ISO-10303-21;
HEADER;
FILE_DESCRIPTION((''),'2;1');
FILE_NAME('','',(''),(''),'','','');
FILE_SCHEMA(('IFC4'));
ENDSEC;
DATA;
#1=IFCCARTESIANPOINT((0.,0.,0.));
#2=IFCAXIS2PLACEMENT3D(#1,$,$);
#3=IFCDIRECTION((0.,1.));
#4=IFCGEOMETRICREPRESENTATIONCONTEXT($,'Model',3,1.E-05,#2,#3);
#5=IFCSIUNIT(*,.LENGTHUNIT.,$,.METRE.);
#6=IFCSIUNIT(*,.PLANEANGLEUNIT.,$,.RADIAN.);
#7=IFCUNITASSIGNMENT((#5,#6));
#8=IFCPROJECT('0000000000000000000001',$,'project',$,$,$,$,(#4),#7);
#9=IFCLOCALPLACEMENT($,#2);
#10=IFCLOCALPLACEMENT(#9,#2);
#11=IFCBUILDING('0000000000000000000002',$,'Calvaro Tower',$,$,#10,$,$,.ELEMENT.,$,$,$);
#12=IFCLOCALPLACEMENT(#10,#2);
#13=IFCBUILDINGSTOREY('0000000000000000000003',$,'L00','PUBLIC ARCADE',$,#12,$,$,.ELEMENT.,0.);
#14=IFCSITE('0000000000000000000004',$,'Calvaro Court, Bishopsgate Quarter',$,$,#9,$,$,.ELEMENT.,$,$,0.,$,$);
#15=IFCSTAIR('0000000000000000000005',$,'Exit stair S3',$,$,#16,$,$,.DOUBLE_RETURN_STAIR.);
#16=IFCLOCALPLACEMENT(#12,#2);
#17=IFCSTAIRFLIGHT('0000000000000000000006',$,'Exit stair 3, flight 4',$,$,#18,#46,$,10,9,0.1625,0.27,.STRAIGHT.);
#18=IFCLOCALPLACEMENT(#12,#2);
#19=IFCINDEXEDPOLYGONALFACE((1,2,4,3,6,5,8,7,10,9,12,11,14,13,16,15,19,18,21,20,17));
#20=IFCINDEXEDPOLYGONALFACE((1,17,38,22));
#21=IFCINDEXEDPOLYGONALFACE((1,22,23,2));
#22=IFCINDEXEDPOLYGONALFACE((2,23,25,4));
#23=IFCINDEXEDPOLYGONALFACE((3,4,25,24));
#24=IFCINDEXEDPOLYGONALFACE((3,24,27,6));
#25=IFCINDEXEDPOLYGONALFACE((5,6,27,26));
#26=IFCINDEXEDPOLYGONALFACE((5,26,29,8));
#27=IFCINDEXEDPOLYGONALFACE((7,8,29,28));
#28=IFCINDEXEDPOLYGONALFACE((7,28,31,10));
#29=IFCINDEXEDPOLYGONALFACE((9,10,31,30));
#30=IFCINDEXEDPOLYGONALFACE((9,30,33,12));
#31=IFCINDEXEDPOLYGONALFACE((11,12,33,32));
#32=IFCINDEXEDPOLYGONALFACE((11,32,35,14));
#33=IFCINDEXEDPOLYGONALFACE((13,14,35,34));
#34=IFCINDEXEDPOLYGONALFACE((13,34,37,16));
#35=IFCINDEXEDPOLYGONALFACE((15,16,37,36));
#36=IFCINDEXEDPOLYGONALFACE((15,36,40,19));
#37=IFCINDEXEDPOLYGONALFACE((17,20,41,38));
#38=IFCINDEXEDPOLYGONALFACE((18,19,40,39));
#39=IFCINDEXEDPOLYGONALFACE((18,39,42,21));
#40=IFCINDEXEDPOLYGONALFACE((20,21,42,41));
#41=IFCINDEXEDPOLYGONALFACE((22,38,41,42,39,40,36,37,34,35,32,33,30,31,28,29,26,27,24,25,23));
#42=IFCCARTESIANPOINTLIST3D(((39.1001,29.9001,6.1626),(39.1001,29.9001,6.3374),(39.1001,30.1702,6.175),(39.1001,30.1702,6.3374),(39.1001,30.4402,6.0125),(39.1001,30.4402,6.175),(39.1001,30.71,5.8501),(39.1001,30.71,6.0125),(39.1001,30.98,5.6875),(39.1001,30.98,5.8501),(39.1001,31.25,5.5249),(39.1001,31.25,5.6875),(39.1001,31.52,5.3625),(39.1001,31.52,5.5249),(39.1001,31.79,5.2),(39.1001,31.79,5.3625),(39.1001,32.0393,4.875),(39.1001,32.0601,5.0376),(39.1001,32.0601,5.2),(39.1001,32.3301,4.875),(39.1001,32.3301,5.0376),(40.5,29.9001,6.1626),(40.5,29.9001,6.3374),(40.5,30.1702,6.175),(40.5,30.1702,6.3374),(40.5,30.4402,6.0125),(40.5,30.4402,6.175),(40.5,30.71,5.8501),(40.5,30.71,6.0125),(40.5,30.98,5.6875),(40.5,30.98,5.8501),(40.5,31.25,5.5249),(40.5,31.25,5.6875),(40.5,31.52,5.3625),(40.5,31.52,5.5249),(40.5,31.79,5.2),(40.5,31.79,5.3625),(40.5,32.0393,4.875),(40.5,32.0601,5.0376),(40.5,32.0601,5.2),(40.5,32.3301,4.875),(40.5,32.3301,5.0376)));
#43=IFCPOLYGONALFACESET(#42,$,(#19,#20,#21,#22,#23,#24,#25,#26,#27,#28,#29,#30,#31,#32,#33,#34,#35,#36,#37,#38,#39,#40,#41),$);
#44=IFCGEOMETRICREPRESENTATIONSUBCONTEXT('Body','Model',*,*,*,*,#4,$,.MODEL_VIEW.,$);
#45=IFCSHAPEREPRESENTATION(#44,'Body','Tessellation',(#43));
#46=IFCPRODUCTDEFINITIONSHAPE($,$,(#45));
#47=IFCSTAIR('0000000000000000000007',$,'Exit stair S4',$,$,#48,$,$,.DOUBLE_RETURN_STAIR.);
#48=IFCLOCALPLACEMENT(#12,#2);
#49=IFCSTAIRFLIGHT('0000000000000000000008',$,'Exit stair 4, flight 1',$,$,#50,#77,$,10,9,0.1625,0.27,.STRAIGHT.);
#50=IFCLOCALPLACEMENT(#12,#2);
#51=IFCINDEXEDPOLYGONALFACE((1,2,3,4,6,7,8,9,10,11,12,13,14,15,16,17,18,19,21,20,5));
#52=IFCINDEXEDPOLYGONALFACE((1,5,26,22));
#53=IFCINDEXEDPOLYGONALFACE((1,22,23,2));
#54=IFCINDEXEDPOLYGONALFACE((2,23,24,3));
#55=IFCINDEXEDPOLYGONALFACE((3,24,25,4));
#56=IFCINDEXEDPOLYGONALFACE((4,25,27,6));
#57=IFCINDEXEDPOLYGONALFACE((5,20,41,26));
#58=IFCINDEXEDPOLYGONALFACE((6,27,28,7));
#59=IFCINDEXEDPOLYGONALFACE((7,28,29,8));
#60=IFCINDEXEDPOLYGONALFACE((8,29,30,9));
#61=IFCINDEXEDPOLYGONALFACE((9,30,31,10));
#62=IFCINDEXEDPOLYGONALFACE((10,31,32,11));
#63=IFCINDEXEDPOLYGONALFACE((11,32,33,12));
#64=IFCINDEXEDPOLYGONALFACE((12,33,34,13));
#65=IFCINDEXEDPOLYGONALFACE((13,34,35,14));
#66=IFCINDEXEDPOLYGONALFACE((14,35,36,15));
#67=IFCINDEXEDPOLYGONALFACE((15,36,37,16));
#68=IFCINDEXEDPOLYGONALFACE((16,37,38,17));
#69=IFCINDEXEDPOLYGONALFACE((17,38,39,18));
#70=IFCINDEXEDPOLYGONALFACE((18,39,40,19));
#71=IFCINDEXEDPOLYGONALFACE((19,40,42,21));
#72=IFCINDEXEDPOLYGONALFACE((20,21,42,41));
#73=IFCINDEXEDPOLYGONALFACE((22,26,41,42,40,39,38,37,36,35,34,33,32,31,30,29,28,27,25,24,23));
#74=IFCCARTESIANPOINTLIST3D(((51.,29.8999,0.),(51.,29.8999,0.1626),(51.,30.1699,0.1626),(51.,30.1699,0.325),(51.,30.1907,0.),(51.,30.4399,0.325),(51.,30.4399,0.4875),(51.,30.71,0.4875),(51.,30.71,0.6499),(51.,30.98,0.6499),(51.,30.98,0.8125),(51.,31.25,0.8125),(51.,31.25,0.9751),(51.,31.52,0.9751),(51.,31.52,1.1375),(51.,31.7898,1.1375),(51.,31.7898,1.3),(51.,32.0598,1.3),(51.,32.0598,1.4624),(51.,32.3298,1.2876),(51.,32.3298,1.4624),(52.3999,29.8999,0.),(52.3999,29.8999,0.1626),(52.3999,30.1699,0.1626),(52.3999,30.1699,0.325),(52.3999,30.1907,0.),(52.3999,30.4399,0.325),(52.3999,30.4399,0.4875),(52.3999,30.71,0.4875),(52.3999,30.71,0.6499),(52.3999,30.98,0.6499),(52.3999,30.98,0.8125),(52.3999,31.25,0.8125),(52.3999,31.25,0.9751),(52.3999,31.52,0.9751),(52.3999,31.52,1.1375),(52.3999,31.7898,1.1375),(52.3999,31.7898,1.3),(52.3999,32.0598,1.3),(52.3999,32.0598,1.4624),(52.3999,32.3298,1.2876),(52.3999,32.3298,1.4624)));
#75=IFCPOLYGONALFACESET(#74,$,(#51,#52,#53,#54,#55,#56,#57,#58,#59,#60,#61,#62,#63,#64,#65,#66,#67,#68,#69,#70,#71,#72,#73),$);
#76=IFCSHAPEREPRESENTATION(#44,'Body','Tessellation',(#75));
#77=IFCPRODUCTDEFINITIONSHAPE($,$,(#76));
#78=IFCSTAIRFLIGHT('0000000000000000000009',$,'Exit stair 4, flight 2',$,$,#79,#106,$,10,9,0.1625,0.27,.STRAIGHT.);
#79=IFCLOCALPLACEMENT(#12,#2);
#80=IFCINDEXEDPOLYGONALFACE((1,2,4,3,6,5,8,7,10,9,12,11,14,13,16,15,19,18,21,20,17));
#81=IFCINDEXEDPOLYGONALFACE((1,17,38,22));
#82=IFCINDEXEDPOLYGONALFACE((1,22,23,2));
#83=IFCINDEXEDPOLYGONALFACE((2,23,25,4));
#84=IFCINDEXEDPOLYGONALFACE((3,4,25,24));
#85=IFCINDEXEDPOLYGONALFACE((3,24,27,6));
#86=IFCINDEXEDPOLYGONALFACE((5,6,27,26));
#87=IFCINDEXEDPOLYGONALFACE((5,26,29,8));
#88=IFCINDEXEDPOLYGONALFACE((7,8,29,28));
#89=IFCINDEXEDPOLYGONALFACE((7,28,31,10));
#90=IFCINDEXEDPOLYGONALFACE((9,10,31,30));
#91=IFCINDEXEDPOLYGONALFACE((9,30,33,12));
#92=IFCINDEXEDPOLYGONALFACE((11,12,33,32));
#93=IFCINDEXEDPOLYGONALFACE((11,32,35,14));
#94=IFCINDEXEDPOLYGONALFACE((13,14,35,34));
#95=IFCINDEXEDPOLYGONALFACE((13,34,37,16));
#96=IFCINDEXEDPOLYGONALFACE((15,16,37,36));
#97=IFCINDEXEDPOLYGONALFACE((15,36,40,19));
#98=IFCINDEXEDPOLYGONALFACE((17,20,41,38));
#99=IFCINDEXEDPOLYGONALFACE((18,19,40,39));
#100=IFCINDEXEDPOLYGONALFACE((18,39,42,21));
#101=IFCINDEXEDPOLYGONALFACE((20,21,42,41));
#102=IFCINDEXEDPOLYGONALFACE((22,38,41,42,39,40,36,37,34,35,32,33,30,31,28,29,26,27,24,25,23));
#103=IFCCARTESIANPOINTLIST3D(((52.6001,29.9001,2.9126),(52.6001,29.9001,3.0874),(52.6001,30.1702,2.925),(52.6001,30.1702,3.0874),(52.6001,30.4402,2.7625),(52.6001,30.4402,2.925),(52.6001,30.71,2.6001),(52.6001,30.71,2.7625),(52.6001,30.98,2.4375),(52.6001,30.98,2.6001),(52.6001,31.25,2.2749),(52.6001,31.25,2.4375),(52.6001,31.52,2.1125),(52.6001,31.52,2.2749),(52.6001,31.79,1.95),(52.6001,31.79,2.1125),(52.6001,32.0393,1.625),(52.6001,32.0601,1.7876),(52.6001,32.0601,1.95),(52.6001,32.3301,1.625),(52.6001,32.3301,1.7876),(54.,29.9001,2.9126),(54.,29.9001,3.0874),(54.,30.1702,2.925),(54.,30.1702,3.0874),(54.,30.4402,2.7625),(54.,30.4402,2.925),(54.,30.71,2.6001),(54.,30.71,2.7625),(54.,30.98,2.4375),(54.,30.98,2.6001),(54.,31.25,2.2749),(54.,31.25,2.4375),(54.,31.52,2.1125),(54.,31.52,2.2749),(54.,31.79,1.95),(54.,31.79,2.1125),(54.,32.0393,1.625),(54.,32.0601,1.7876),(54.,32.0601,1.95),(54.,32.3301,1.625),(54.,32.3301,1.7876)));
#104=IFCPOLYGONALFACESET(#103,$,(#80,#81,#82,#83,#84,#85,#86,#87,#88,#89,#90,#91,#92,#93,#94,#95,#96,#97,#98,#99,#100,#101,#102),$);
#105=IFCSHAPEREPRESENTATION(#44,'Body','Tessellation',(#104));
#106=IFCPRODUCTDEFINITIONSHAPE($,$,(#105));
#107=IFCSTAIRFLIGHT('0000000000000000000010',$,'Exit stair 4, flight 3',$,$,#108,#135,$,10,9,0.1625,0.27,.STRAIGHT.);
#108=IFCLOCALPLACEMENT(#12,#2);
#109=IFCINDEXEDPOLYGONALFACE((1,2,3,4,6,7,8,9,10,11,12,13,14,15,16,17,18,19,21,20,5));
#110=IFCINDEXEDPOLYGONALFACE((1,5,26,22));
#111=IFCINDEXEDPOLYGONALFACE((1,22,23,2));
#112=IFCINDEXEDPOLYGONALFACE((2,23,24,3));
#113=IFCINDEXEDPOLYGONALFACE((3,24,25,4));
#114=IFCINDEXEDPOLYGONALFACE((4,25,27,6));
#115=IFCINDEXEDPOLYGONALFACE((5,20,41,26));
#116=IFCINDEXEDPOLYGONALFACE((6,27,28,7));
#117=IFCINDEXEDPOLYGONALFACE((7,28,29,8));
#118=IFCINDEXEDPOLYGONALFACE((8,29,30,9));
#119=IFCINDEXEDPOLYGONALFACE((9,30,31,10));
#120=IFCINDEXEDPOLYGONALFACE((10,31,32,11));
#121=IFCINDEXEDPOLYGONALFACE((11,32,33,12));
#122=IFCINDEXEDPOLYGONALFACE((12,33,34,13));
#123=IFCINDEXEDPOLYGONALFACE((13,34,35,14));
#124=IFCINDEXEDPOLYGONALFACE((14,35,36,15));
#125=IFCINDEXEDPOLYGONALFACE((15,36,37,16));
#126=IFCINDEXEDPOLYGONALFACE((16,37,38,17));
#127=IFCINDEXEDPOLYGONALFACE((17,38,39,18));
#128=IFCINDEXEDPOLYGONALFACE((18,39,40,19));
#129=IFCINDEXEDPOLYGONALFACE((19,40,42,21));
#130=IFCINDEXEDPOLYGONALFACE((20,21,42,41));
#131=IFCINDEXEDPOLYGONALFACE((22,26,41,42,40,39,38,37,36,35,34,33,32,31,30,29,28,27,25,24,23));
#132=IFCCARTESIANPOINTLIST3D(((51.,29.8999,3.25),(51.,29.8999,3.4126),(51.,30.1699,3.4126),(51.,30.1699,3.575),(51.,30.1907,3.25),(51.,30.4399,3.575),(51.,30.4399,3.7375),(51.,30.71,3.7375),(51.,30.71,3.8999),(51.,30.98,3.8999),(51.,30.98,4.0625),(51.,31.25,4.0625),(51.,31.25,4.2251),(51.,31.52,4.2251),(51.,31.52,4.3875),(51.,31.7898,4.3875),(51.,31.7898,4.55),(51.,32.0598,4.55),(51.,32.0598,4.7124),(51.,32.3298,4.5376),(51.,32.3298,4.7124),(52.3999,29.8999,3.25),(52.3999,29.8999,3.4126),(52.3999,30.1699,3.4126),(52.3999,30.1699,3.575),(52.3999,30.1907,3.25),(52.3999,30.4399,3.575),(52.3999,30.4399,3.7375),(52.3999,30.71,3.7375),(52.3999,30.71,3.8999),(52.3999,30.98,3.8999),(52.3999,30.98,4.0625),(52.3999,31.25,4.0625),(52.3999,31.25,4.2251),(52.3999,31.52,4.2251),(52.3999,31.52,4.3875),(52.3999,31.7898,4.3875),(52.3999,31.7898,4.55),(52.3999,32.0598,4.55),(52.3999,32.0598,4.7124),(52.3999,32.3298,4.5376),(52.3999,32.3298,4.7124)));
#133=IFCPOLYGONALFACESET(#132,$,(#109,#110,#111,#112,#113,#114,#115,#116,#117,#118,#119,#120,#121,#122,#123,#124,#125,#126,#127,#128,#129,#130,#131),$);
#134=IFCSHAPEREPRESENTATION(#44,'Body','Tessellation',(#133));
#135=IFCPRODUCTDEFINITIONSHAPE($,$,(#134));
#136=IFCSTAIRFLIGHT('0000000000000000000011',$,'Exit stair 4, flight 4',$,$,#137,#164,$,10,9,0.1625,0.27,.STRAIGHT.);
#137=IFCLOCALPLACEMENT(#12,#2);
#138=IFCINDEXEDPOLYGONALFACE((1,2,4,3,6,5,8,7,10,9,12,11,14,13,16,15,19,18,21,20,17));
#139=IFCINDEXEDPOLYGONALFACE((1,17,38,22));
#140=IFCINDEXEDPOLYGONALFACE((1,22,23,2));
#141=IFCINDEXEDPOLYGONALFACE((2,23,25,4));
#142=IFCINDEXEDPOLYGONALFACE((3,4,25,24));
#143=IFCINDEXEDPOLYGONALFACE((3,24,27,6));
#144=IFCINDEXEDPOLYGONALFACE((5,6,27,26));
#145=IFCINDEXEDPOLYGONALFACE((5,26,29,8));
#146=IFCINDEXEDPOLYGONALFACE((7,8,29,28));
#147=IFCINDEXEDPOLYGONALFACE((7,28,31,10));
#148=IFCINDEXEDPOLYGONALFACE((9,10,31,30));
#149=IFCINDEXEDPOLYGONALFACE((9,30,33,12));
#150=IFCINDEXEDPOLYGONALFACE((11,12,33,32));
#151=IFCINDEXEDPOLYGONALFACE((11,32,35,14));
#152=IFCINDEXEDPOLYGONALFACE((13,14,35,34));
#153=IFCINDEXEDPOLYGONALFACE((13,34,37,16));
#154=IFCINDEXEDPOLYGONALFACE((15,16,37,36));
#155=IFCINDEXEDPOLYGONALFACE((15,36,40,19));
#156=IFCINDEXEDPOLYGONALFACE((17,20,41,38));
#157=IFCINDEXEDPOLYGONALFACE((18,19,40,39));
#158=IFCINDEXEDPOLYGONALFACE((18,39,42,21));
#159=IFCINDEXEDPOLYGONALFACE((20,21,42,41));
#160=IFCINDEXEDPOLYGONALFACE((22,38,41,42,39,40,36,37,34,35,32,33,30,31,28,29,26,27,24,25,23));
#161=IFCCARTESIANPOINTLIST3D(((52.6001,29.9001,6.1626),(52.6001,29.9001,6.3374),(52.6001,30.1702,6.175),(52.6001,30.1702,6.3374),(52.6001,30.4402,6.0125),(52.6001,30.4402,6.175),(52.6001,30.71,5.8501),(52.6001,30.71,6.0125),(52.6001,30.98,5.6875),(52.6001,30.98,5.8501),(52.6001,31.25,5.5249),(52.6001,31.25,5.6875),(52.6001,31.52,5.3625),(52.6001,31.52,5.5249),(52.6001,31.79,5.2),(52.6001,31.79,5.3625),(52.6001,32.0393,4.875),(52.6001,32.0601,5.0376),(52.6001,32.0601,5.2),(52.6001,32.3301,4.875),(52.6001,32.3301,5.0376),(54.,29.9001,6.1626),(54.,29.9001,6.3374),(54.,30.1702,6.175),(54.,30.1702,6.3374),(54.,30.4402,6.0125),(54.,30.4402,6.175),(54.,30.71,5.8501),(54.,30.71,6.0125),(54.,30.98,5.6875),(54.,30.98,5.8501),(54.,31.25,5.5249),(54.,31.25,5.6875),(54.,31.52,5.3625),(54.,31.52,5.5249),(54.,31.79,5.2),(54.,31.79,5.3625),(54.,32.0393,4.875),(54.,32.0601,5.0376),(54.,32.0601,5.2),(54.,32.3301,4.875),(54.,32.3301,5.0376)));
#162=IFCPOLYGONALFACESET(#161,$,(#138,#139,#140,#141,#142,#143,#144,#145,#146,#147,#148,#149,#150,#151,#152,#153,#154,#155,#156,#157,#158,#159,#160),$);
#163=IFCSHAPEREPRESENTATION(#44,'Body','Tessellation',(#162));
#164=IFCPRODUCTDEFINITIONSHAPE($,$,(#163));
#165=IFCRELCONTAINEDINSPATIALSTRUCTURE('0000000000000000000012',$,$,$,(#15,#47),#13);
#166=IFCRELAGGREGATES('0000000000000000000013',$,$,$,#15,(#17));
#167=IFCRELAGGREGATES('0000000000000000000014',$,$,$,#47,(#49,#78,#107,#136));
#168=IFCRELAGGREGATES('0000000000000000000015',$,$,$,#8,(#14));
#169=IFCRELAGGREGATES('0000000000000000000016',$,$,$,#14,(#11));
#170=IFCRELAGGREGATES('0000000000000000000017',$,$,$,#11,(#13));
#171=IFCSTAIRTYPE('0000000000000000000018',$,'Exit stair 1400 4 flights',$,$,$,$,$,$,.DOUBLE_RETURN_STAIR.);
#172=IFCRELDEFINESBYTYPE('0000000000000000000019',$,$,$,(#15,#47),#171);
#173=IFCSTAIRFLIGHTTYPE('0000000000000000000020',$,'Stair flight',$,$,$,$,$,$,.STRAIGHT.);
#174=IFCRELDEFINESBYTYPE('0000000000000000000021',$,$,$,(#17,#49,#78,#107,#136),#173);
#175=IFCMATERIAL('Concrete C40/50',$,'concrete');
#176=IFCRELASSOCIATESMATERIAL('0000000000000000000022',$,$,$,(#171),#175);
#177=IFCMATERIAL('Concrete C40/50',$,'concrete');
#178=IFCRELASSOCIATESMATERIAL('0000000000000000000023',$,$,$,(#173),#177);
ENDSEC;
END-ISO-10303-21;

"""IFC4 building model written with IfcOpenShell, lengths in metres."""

from ifc_helpers import new_model, si_unit, direction, frame, origin, place, context, subcontext, project, spatial, polyline, outline, extrude, material, type_object, element, aggregate, save


model = new_model("IFC4")

# Units and contexts
model_context = context("Model", 3, precision=1e-05, world=origin(), true_north=direction((0.0, 1.0)))
body_context = subcontext(model_context, "Body", "Model", "MODEL_VIEW")
ifc_project = project(units=[si_unit("LENGTHUNIT", "METRE"), si_unit("PLANEANGLEUNIT", "RADIAN")], contexts=[model_context])

# Site, building, storey
site_placement = place(None, origin())
site = spatial("IfcSite", under=ifc_project, at=site_placement, Name="Calvaro Court, Bishopsgate Quarter", CompositionType="ELEMENT", RefElevation=0.0)
building_placement = place(site_placement, origin())
building = spatial("IfcBuilding", under=site, at=building_placement, Name="Calvaro Tower", CompositionType="ELEMENT")
storey_placement = place(building_placement, origin())
storey = spatial("IfcBuildingStorey", under=building, at=storey_placement, Name="L00", Description="PUBLIC ARCADE", CompositionType="ELEMENT", Elevation=0.0)

# Stairs, stair flights
ifc_material_1 = material(Name="Concrete C40/50", Category="concrete")
stair_type = type_object("IfcStairType", Name="Exit stair 1400 4 flights", PredefinedType="DOUBLE_RETURN_STAIR", material=ifc_material_1)
stair_1_placement = place(storey_placement, origin())
stair_1 = element("IfcStair", 1, at=stair_1_placement, inside=storey, type_object=stair_type, Name="Exit stair S3", PredefinedType="DOUBLE_RETURN_STAIR")
ifc_material_2 = material(Name="Concrete C40/50", Category="concrete")
stair_flight_type = type_object("IfcStairFlightType", Name="Stair flight", PredefinedType="STRAIGHT", material=ifc_material_2)
stair_flight_1_placement = place(storey_placement, frame((39.8, 32.3301, 4.875), z_axis=(0.0, 0.0, 1.0), x_axis=(0.0, -1.0, 0.0)))
stair_flight_1 = element("IfcStairFlight", 2, at=stair_flight_1_placement, type_object=stair_flight_type, Name="Exit stair 3, flight 4", NumberOfRisers=10, NumberOfTreads=9, PredefinedType="STRAIGHT", RiserHeight=0.1625, TreadLength=0.27, context=body_context, shape_type="SweptSolid", body=[
    extrude(outline(polyline([(0.0, 0.0), (0.0, 0.1626), (0.27, 0.1626), (0.27, 0.325), (0.54, 0.325), (0.54, 0.4875), (0.8101, 0.4875), (0.8101, 0.6499), (1.0801, 0.6499), (1.0801, 0.8125), (1.3501, 0.8125), (1.3501, 0.9751), (1.6201, 0.9751), (1.6201, 1.1375), (1.8899, 1.1375), (1.8899, 1.3), (2.1599, 1.3), (2.1599, 1.4624), (2.4299, 1.4624), (2.4299, 1.625), (2.4299, 1.2876), (0.2908, 0.0), (0.0, 0.0)])), frame((0.0, 0.7, 0.0), z_axis=(0.0, -1.0, 0.0), x_axis=(1.0, 0.0, 0.0)), (0.0, 0.0, 1.0), 1.3999),
])
stair_2_placement = place(storey_placement, origin())
stair_2 = element("IfcStair", 3, at=stair_2_placement, inside=storey, type_object=stair_type, Name="Exit stair S4", PredefinedType="DOUBLE_RETURN_STAIR")
stair_flight_2_placement = place(storey_placement, frame((51.7, 29.8999, 0.0), z_axis=(0.0, 0.0, 1.0), x_axis=(0.0, 1.0, 0.0)))
stair_flight_2 = element("IfcStairFlight", 4, at=stair_flight_2_placement, type_object=stair_flight_type, Name="Exit stair 4, flight 1", NumberOfRisers=10, NumberOfTreads=9, PredefinedType="STRAIGHT", RiserHeight=0.1625, TreadLength=0.27, context=body_context, shape_type="SweptSolid", body=[
    extrude(outline(polyline([(0.0, 0.0), (0.0, 0.1626), (0.27, 0.1626), (0.27, 0.325), (0.54, 0.325), (0.54, 0.4875), (0.8101, 0.4875), (0.8101, 0.6499), (1.0801, 0.6499), (1.0801, 0.8125), (1.3501, 0.8125), (1.3501, 0.9751), (1.6201, 0.9751), (1.6201, 1.1375), (1.8899, 1.1375), (1.8899, 1.3), (2.1599, 1.3), (2.1599, 1.4624), (2.4299, 1.4624), (2.4299, 1.625), (2.4299, 1.2876), (0.2908, 0.0), (0.0, 0.0)])), frame((0.0, 0.7, 0.0), z_axis=(0.0, -1.0, 0.0), x_axis=(1.0, 0.0, 0.0)), (0.0, 0.0, 1.0), 1.3999),
])
stair_flight_3_placement = place(storey_placement, frame((53.3, 32.3301, 1.625), z_axis=(0.0, 0.0, 1.0), x_axis=(0.0, -1.0, 0.0)))
stair_flight_3 = element("IfcStairFlight", 5, at=stair_flight_3_placement, type_object=stair_flight_type, Name="Exit stair 4, flight 2", NumberOfRisers=10, NumberOfTreads=9, PredefinedType="STRAIGHT", RiserHeight=0.1625, TreadLength=0.27, context=body_context, shape_type="SweptSolid", body=[
    extrude(outline(polyline([(0.0, 0.0), (0.0, 0.1626), (0.27, 0.1626), (0.27, 0.325), (0.54, 0.325), (0.54, 0.4875), (0.8101, 0.4875), (0.8101, 0.6499), (1.0801, 0.6499), (1.0801, 0.8125), (1.3501, 0.8125), (1.3501, 0.9751), (1.6201, 0.9751), (1.6201, 1.1375), (1.8899, 1.1375), (1.8899, 1.3), (2.1599, 1.3), (2.1599, 1.4624), (2.4299, 1.4624), (2.4299, 1.625), (2.4299, 1.2876), (0.2908, 0.0), (0.0, 0.0)])), frame((0.0, 0.7, 0.0), z_axis=(0.0, -1.0, 0.0), x_axis=(1.0, 0.0, 0.0)), (0.0, 0.0, 1.0), 1.3999),
])
stair_flight_4_placement = place(storey_placement, frame((51.7, 29.8999, 3.25), z_axis=(0.0, 0.0, 1.0), x_axis=(0.0, 1.0, 0.0)))
stair_flight_4 = element("IfcStairFlight", 6, at=stair_flight_4_placement, type_object=stair_flight_type, Name="Exit stair 4, flight 3", NumberOfRisers=10, NumberOfTreads=9, PredefinedType="STRAIGHT", RiserHeight=0.1625, TreadLength=0.27, context=body_context, shape_type="SweptSolid", body=[
    extrude(outline(polyline([(0.0, 0.0), (0.0, 0.1626), (0.27, 0.1626), (0.27, 0.325), (0.54, 0.325), (0.54, 0.4875), (0.8101, 0.4875), (0.8101, 0.6499), (1.0801, 0.6499), (1.0801, 0.8125), (1.3501, 0.8125), (1.3501, 0.9751), (1.6201, 0.9751), (1.6201, 1.1375), (1.8899, 1.1375), (1.8899, 1.3), (2.1599, 1.3), (2.1599, 1.4624), (2.4299, 1.4624), (2.4299, 1.625), (2.4299, 1.2876), (0.2908, 0.0), (0.0, 0.0)])), frame((0.0, 0.7, 0.0), z_axis=(0.0, -1.0, 0.0), x_axis=(1.0, 0.0, 0.0)), (0.0, 0.0, 1.0), 1.3999),
])
stair_flight_5_placement = place(storey_placement, frame((53.3, 32.3301, 4.875), z_axis=(0.0, 0.0, 1.0), x_axis=(0.0, -1.0, 0.0)))
stair_flight_5 = element("IfcStairFlight", 7, at=stair_flight_5_placement, type_object=stair_flight_type, Name="Exit stair 4, flight 4", NumberOfRisers=10, NumberOfTreads=9, PredefinedType="STRAIGHT", RiserHeight=0.1625, TreadLength=0.27, context=body_context, shape_type="SweptSolid", body=[
    extrude(outline(polyline([(0.0, 0.0), (0.0, 0.1626), (0.27, 0.1626), (0.27, 0.325), (0.54, 0.325), (0.54, 0.4875), (0.8101, 0.4875), (0.8101, 0.6499), (1.0801, 0.6499), (1.0801, 0.8125), (1.3501, 0.8125), (1.3501, 0.9751), (1.6201, 0.9751), (1.6201, 1.1375), (1.8899, 1.1375), (1.8899, 1.3), (2.1599, 1.3), (2.1599, 1.4624), (2.4299, 1.4624), (2.4299, 1.625), (2.4299, 1.2876), (0.2908, 0.0), (0.0, 0.0)])), frame((0.0, 0.7, 0.0), z_axis=(0.0, -1.0, 0.0), x_axis=(1.0, 0.0, 0.0)), (0.0, 0.0, 1.0), 1.3999),
])

aggregate(stair_1, [stair_flight_1])
aggregate(stair_2, [stair_flight_2, stair_flight_3, stair_flight_4, stair_flight_5])

save(model, "model.ifc")
